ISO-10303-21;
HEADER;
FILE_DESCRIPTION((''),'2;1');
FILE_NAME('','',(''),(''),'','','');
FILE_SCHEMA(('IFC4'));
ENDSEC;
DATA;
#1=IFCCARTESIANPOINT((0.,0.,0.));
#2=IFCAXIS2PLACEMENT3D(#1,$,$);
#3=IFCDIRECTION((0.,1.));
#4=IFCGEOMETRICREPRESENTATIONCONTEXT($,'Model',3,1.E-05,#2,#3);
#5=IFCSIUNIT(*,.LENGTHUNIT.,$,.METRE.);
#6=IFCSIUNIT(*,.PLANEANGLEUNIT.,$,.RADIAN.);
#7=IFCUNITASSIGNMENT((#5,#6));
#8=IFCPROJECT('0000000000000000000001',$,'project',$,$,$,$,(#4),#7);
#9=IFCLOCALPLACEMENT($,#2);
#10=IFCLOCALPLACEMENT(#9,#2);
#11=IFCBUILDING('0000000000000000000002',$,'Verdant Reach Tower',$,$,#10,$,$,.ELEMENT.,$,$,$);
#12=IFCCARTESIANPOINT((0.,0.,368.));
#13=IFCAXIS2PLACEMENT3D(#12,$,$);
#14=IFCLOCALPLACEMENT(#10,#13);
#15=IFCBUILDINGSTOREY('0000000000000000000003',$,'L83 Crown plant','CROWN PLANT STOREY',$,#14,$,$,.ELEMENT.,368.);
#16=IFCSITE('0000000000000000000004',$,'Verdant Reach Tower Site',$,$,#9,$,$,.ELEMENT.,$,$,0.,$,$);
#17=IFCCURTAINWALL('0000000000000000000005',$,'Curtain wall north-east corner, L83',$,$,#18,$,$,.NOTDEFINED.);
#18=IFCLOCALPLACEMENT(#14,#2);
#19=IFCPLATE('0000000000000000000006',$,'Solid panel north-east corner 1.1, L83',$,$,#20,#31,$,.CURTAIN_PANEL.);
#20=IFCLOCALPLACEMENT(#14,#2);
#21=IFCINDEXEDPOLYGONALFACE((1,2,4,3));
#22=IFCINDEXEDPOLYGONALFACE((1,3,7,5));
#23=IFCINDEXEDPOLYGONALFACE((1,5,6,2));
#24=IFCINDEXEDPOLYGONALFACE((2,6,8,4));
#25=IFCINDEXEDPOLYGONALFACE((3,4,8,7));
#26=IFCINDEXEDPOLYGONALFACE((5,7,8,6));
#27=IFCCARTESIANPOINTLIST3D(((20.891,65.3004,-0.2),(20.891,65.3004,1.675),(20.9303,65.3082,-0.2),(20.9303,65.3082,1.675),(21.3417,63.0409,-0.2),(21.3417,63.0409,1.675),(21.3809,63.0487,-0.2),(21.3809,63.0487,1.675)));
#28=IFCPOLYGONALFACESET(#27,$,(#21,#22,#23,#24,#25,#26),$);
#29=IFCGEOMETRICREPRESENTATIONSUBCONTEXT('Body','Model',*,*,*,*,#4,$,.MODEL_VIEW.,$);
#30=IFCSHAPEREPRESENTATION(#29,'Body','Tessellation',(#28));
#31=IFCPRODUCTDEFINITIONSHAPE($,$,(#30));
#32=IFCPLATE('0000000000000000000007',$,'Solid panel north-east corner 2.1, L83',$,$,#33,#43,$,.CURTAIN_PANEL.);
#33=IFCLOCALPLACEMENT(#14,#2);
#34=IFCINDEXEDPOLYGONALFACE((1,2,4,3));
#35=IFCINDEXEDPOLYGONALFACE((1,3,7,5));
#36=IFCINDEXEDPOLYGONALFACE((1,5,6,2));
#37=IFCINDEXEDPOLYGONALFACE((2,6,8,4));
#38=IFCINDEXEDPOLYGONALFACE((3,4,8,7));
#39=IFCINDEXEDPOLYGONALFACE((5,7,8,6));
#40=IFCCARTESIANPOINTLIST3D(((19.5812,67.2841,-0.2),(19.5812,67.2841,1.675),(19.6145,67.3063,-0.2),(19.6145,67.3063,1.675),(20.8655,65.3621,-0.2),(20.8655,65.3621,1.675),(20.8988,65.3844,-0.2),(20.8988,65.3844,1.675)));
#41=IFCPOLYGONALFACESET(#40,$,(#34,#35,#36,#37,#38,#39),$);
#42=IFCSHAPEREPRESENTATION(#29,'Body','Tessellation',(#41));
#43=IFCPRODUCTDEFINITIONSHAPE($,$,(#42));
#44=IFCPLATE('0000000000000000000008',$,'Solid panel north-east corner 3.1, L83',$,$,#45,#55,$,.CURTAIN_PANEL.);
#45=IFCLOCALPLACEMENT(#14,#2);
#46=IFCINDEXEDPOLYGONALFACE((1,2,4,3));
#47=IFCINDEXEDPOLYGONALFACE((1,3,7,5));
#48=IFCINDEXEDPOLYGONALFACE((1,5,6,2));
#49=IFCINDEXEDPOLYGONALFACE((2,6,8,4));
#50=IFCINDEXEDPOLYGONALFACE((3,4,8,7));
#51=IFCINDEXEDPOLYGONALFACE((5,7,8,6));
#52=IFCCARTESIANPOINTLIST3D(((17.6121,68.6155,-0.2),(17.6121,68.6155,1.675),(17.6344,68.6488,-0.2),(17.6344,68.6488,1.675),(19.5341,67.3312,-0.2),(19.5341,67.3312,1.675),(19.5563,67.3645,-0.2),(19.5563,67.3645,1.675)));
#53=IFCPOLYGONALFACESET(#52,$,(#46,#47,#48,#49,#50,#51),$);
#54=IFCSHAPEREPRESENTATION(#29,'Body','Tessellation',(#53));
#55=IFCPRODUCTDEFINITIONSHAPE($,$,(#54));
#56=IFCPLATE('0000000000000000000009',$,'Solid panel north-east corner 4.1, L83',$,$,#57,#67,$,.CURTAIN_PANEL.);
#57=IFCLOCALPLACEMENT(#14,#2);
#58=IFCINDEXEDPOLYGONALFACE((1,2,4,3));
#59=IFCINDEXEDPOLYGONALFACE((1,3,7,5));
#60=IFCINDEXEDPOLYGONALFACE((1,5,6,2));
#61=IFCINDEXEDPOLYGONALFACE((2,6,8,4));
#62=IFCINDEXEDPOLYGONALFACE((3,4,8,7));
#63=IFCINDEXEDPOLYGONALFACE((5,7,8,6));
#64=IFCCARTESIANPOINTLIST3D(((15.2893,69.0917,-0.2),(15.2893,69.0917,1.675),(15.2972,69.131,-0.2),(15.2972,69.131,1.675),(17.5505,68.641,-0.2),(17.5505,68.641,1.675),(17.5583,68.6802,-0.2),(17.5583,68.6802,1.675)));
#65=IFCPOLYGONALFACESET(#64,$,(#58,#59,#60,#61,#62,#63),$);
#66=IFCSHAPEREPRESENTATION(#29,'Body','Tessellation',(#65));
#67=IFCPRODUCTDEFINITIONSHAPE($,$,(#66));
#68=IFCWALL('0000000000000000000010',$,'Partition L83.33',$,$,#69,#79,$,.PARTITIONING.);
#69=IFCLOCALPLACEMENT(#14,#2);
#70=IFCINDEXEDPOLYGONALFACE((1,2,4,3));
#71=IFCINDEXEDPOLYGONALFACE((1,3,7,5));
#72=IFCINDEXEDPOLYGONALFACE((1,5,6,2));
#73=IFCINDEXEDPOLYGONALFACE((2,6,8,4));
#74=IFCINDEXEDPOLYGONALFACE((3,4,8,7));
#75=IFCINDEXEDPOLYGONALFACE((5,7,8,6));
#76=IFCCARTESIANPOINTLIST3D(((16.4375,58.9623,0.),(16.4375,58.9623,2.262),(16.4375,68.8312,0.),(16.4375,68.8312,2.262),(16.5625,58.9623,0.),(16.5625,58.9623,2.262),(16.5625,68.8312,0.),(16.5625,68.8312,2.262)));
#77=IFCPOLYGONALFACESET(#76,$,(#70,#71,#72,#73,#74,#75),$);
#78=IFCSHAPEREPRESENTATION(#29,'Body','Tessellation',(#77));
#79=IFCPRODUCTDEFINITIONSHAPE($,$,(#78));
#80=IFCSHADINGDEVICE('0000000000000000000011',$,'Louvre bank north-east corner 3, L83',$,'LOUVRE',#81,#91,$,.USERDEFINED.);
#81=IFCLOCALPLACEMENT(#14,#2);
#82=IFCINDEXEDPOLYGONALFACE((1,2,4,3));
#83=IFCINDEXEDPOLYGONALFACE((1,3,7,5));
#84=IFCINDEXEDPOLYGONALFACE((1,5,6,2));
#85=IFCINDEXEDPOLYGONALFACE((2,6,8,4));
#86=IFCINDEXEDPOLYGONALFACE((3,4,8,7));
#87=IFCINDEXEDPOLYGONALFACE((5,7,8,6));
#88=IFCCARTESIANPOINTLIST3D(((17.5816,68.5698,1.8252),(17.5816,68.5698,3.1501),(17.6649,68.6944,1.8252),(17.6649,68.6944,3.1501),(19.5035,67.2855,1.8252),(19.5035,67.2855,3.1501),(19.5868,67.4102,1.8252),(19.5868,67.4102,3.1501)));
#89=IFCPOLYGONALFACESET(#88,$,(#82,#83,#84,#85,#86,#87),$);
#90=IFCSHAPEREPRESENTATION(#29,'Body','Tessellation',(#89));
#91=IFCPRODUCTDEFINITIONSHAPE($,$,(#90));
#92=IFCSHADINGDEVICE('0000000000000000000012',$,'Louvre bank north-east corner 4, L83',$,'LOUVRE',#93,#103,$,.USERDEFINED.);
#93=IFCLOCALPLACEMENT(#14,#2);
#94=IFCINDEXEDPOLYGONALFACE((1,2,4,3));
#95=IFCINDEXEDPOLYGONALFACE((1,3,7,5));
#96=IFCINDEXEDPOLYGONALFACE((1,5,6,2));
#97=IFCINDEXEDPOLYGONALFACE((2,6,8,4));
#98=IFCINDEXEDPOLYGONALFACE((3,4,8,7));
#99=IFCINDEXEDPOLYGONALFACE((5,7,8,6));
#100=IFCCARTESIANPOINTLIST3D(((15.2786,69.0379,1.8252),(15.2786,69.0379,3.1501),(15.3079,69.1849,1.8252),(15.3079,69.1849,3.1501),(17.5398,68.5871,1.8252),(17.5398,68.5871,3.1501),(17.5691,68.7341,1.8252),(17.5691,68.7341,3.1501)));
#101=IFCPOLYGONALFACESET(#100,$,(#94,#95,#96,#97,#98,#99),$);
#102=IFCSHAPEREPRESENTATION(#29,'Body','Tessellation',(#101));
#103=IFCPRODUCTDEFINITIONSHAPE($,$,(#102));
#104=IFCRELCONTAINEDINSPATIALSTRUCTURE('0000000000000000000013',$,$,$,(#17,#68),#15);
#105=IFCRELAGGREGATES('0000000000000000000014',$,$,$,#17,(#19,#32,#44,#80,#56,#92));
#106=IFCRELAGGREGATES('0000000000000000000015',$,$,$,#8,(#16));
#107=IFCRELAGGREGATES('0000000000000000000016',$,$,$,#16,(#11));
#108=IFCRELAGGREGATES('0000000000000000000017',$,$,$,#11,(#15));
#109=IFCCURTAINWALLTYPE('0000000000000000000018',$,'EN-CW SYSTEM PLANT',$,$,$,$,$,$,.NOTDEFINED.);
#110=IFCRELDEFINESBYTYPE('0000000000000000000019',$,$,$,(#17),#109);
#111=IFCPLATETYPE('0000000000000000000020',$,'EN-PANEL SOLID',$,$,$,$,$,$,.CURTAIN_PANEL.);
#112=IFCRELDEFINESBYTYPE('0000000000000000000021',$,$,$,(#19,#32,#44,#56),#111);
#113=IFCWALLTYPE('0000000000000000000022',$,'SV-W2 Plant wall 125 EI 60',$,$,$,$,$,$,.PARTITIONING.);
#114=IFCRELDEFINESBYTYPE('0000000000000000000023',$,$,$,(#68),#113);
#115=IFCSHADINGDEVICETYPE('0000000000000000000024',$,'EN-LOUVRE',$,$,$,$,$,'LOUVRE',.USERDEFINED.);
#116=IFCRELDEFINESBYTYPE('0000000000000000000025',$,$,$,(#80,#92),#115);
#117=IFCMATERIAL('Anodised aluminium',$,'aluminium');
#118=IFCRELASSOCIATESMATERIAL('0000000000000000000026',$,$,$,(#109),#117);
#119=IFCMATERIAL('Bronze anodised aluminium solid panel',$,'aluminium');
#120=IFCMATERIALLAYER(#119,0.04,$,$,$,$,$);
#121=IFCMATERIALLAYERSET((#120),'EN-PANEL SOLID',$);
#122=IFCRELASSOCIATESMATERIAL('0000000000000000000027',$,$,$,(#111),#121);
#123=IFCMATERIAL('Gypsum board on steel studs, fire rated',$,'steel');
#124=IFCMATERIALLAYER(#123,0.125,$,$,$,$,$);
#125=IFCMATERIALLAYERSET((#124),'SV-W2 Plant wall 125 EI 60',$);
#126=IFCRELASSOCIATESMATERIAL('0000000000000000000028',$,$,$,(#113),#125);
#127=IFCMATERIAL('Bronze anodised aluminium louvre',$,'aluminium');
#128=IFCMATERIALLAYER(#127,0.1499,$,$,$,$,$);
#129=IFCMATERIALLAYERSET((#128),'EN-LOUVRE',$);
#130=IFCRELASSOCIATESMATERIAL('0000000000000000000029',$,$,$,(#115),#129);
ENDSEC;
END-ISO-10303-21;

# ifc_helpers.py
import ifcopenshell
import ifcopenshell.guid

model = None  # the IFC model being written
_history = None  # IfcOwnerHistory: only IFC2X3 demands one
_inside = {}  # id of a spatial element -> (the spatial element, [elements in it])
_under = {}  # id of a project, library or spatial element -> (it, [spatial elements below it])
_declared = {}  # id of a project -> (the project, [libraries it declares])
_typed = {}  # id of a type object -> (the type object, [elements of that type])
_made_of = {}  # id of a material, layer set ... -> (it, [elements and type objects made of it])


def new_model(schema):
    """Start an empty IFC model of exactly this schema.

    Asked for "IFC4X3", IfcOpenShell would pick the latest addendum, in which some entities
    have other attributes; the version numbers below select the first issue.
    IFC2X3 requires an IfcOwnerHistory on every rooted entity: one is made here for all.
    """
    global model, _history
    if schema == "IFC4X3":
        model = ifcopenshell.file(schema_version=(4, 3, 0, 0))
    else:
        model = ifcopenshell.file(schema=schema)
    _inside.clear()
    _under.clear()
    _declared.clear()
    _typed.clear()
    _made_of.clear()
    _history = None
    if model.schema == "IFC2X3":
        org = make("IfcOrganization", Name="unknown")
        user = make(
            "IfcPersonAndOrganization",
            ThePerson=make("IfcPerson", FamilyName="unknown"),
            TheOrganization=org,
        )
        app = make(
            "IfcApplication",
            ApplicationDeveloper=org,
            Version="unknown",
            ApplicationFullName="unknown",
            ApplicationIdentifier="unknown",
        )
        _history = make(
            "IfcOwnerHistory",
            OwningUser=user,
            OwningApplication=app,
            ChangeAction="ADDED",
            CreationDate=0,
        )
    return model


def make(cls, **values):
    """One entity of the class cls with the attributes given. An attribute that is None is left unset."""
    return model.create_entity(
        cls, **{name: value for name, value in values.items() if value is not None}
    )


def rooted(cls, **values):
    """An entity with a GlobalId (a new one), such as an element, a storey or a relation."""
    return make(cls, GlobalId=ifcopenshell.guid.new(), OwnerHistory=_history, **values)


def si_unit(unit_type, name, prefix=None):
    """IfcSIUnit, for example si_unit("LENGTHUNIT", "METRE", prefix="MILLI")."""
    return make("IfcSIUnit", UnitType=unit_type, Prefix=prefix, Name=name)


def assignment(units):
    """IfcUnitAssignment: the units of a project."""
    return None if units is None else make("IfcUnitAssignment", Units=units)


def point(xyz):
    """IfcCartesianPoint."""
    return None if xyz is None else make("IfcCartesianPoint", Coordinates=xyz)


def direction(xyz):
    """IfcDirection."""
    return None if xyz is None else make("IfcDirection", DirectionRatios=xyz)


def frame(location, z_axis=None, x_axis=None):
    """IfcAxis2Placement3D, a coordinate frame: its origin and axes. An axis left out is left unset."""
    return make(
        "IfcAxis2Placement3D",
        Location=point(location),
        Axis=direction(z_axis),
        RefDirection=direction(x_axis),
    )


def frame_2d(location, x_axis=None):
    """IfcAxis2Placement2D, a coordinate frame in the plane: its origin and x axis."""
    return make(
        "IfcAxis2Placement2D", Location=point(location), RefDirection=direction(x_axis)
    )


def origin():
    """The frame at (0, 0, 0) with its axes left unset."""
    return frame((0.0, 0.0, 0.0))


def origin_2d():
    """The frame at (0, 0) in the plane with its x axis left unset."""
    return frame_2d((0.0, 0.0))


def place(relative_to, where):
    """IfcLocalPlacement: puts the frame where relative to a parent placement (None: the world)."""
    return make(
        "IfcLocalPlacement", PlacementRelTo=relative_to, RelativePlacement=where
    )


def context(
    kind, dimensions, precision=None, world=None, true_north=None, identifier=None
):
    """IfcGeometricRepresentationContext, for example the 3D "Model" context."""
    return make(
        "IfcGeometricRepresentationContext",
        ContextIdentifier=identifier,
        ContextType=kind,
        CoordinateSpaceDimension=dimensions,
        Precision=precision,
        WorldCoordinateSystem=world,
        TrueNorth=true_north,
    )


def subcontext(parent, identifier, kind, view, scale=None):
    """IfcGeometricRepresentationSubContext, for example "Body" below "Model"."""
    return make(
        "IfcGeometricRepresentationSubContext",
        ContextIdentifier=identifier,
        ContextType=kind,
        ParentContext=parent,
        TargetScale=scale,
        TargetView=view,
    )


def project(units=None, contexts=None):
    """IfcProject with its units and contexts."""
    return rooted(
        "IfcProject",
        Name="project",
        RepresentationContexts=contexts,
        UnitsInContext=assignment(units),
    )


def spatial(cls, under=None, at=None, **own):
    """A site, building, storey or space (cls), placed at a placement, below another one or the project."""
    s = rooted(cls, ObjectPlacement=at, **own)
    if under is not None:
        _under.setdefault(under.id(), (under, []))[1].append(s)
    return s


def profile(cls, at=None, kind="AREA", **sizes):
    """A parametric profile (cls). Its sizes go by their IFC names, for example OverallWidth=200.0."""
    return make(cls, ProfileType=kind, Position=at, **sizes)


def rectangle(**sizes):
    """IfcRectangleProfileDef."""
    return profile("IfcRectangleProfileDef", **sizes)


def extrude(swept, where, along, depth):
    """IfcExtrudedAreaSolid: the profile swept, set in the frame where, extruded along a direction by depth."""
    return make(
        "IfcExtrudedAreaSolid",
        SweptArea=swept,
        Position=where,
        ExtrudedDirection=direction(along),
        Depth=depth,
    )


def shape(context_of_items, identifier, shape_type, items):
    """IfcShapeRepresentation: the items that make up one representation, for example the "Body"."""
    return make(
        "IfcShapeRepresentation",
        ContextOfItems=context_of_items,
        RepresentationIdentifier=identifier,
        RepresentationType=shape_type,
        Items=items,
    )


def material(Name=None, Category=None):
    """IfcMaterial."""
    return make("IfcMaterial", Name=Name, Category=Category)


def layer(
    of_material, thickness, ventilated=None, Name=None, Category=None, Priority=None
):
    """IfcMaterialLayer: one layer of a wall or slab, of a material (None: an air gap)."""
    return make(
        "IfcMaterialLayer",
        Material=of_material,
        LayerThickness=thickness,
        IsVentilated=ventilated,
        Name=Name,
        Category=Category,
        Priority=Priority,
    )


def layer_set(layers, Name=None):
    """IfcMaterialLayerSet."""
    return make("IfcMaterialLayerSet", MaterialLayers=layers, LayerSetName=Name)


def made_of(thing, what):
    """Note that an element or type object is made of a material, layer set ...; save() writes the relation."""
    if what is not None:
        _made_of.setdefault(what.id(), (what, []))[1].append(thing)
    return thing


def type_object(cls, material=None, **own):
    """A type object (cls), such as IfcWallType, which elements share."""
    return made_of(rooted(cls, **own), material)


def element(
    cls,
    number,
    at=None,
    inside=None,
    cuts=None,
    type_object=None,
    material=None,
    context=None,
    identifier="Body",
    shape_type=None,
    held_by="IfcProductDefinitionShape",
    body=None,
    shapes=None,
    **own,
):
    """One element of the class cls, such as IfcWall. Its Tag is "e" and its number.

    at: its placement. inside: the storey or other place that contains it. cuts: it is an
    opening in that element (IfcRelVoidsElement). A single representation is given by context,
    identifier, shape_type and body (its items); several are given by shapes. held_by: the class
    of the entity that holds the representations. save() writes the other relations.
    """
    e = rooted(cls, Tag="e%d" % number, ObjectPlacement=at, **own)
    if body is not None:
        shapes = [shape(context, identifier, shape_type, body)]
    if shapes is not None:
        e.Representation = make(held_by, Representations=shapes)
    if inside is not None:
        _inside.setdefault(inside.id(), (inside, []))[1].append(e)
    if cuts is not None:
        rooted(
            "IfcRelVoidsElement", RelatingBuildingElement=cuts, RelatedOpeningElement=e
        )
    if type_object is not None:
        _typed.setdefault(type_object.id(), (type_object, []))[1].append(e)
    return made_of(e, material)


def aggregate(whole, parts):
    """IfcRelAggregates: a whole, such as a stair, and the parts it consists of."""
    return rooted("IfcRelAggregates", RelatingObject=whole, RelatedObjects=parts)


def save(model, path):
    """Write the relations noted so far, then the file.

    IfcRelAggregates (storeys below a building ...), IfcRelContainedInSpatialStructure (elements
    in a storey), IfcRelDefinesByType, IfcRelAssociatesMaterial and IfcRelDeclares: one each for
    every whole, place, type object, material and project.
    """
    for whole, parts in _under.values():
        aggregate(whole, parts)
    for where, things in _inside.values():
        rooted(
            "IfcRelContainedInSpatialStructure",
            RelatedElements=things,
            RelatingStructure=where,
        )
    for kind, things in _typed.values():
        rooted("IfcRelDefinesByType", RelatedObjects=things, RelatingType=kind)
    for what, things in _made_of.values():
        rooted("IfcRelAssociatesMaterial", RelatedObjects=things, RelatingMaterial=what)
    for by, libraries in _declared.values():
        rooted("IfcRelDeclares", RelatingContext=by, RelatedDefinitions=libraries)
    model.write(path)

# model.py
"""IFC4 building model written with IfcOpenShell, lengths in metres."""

from ifc_helpers import new_model, si_unit, direction, frame, frame_2d, origin, origin_2d, place, context, subcontext, project, spatial, rectangle, extrude, material, layer, layer_set, type_object, element, aggregate, save


model = new_model("IFC4")

# Units and contexts
model_context = context("Model", 3, precision=1e-05, world=origin(), true_north=direction((0.0, 1.0)))
body_context = subcontext(model_context, "Body", "Model", "MODEL_VIEW")
ifc_project = project(units=[si_unit("LENGTHUNIT", "METRE"), si_unit("PLANEANGLEUNIT", "RADIAN")], contexts=[model_context])

# Site, building, storey
site_placement = place(None, origin())
site = spatial("IfcSite", under=ifc_project, at=site_placement, Name="Verdant Reach Tower Site", CompositionType="ELEMENT", RefElevation=0.0)
building_placement = place(site_placement, origin())
building = spatial("IfcBuilding", under=site, at=building_placement, Name="Verdant Reach Tower", CompositionType="ELEMENT")
storey_placement = place(building_placement, frame((0.0, 0.0, 368.0)))
storey = spatial("IfcBuildingStorey", under=building, at=storey_placement, Name="L83 Crown plant", Description="CROWN PLANT STOREY", CompositionType="ELEMENT", Elevation=368.0)

# Curtain wall
ifc_material_1 = material(Name="Anodised aluminium", Category="aluminium")
curtain_wall_type = type_object("IfcCurtainWallType", Name="EN-CW SYSTEM PLANT", PredefinedType="NOTDEFINED", material=ifc_material_1)
curtain_wall_1_placement = place(storey_placement, origin())
curtain_wall_1 = element("IfcCurtainWall", 1, at=curtain_wall_1_placement, inside=storey, type_object=curtain_wall_type, Name="Curtain wall north-east corner, L83", PredefinedType="NOTDEFINED")

# Plates
ifc_material_2 = material(Name="Bronze anodised aluminium solid panel", Category="aluminium")
ifc_layer_1 = layer(ifc_material_2, 0.04)
ifc_layer_set_1 = layer_set([ifc_layer_1], Name="EN-PANEL SOLID")
plate_type = type_object("IfcPlateType", Name="EN-PANEL SOLID", PredefinedType="CURTAIN_PANEL", material=ifc_layer_set_1)
plate_1_placement = place(storey_placement, frame((21.136, 64.1746, -0.2), z_axis=(0.0, 0.0, 1.0), x_axis=(-0.195593, 0.980685, 0.0)))
plate_1 = element("IfcPlate", 2, at=plate_1_placement, type_object=plate_type, Name="Solid panel north-east corner 1.1, L83", PredefinedType="CURTAIN_PANEL", context=body_context, shape_type="SweptSolid", body=[
    extrude(rectangle(XDim=2.304, YDim=0.04, at=origin_2d()), origin(), (0.0, 0.0, 1.0), 1.875),
])
plate_2_placement = place(storey_placement, frame((20.24, 66.3342, -0.2), z_axis=(0.0, 0.0, 1.0), x_axis=(-0.555596, 0.831452, 0.0)))
plate_2 = element("IfcPlate", 3, at=plate_2_placement, type_object=plate_type, Name="Solid panel north-east corner 2.1, L83", PredefinedType="CURTAIN_PANEL", context=body_context, shape_type="SweptSolid", body=[
    extrude(rectangle(XDim=2.3115, YDim=0.04, at=origin_2d()), origin(), (0.0, 0.0, 1.0), 1.875),
])
plate_3_placement = place(storey_placement, frame((18.5842, 67.99, -0.2), z_axis=(0.0, 0.0, 1.0), x_axis=(-0.831452, 0.555596, 0.0)))
plate_3 = element("IfcPlate", 4, at=plate_3_placement, type_object=plate_type, Name="Solid panel north-east corner 3.1, L83", PredefinedType="CURTAIN_PANEL", context=body_context, shape_type="SweptSolid", body=[
    extrude(rectangle(XDim=2.3115, YDim=0.04, at=origin_2d()), origin(), (0.0, 0.0, 1.0), 1.875),
])
plate_4_placement = place(storey_placement, frame((16.4238, 68.886, -0.2), z_axis=(0.0, 0.0, 1.0), x_axis=(-0.980705, 0.195493, 0.0)))
plate_4 = element("IfcPlate", 5, at=plate_4_placement, type_object=plate_type, Name="Solid panel north-east corner 4.1, L83", PredefinedType="CURTAIN_PANEL", context=body_context, shape_type="SweptSolid", body=[
    extrude(rectangle(XDim=2.3057, YDim=0.04, at=origin_2d()), origin(), (0.0, 0.0, 1.0), 1.875),
])

# Wall
ifc_material_3 = material(Name="Gypsum board on steel studs, fire rated", Category="steel")
ifc_layer_2 = layer(ifc_material_3, 0.125)
ifc_layer_set_2 = layer_set([ifc_layer_2], Name="SV-W2 Plant wall 125 EI 60")
wall_type = type_object("IfcWallType", Name="SV-W2 Plant wall 125 EI 60", PredefinedType="PARTITIONING", material=ifc_layer_set_2)
wall_placement = place(storey_placement, frame((16.5, 68.8313, 0.0), z_axis=(0.0, 0.0, 1.0), x_axis=(0.0, -1.0, 0.0)))
element("IfcWall", 6, at=wall_placement, inside=storey, type_object=wall_type, Name="Partition L83.33", PredefinedType="PARTITIONING", context=body_context, shape_type="SweptSolid", body=[
    extrude(rectangle(XDim=9.8689, YDim=0.125, at=frame_2d((4.9346, 0.0))), origin(), (0.0, 0.0, 1.0), 2.262),
])

# Shading devices
ifc_material_4 = material(Name="Bronze anodised aluminium louvre", Category="aluminium")
ifc_layer_3 = layer(ifc_material_4, 0.1499)
ifc_layer_set_3 = layer_set([ifc_layer_3], Name="EN-LOUVRE")
shading_device_type = type_object("IfcShadingDeviceType", Name="EN-LOUVRE", ElementType="LOUVRE", PredefinedType="USERDEFINED", material=ifc_layer_set_3)
shading_device_1_placement = place(storey_placement, frame((18.5842, 67.99, 1.8252), z_axis=(0.0, 0.0, 1.0), x_axis=(-0.831452, 0.555596, 0.0)))
shading_device_1 = element("IfcShadingDevice", 7, at=shading_device_1_placement, type_object=shading_device_type, Name="Louvre bank north-east corner 3, L83", ObjectType="LOUVRE", PredefinedType="USERDEFINED", context=body_context, shape_type="SweptSolid", body=[
    extrude(rectangle(XDim=2.3115, YDim=0.1499, at=origin_2d()), origin(), (0.0, 0.0, 1.0), 1.325),
])
shading_device_2_placement = place(storey_placement, frame((16.4238, 68.886, 1.8252), z_axis=(0.0, 0.0, 1.0), x_axis=(-0.980705, 0.195493, 0.0)))
shading_device_2 = element("IfcShadingDevice", 8, at=shading_device_2_placement, type_object=shading_device_type, Name="Louvre bank north-east corner 4, L83", ObjectType="LOUVRE", PredefinedType="USERDEFINED", context=body_context, shape_type="SweptSolid", body=[
    extrude(rectangle(XDim=2.3057, YDim=0.1499, at=origin_2d()), origin(), (0.0, 0.0, 1.0), 1.325),
])
aggregate(curtain_wall_1, [plate_1, plate_2, plate_3, shading_device_1, plate_4, shading_device_2])

save(model, "model.ifc")
